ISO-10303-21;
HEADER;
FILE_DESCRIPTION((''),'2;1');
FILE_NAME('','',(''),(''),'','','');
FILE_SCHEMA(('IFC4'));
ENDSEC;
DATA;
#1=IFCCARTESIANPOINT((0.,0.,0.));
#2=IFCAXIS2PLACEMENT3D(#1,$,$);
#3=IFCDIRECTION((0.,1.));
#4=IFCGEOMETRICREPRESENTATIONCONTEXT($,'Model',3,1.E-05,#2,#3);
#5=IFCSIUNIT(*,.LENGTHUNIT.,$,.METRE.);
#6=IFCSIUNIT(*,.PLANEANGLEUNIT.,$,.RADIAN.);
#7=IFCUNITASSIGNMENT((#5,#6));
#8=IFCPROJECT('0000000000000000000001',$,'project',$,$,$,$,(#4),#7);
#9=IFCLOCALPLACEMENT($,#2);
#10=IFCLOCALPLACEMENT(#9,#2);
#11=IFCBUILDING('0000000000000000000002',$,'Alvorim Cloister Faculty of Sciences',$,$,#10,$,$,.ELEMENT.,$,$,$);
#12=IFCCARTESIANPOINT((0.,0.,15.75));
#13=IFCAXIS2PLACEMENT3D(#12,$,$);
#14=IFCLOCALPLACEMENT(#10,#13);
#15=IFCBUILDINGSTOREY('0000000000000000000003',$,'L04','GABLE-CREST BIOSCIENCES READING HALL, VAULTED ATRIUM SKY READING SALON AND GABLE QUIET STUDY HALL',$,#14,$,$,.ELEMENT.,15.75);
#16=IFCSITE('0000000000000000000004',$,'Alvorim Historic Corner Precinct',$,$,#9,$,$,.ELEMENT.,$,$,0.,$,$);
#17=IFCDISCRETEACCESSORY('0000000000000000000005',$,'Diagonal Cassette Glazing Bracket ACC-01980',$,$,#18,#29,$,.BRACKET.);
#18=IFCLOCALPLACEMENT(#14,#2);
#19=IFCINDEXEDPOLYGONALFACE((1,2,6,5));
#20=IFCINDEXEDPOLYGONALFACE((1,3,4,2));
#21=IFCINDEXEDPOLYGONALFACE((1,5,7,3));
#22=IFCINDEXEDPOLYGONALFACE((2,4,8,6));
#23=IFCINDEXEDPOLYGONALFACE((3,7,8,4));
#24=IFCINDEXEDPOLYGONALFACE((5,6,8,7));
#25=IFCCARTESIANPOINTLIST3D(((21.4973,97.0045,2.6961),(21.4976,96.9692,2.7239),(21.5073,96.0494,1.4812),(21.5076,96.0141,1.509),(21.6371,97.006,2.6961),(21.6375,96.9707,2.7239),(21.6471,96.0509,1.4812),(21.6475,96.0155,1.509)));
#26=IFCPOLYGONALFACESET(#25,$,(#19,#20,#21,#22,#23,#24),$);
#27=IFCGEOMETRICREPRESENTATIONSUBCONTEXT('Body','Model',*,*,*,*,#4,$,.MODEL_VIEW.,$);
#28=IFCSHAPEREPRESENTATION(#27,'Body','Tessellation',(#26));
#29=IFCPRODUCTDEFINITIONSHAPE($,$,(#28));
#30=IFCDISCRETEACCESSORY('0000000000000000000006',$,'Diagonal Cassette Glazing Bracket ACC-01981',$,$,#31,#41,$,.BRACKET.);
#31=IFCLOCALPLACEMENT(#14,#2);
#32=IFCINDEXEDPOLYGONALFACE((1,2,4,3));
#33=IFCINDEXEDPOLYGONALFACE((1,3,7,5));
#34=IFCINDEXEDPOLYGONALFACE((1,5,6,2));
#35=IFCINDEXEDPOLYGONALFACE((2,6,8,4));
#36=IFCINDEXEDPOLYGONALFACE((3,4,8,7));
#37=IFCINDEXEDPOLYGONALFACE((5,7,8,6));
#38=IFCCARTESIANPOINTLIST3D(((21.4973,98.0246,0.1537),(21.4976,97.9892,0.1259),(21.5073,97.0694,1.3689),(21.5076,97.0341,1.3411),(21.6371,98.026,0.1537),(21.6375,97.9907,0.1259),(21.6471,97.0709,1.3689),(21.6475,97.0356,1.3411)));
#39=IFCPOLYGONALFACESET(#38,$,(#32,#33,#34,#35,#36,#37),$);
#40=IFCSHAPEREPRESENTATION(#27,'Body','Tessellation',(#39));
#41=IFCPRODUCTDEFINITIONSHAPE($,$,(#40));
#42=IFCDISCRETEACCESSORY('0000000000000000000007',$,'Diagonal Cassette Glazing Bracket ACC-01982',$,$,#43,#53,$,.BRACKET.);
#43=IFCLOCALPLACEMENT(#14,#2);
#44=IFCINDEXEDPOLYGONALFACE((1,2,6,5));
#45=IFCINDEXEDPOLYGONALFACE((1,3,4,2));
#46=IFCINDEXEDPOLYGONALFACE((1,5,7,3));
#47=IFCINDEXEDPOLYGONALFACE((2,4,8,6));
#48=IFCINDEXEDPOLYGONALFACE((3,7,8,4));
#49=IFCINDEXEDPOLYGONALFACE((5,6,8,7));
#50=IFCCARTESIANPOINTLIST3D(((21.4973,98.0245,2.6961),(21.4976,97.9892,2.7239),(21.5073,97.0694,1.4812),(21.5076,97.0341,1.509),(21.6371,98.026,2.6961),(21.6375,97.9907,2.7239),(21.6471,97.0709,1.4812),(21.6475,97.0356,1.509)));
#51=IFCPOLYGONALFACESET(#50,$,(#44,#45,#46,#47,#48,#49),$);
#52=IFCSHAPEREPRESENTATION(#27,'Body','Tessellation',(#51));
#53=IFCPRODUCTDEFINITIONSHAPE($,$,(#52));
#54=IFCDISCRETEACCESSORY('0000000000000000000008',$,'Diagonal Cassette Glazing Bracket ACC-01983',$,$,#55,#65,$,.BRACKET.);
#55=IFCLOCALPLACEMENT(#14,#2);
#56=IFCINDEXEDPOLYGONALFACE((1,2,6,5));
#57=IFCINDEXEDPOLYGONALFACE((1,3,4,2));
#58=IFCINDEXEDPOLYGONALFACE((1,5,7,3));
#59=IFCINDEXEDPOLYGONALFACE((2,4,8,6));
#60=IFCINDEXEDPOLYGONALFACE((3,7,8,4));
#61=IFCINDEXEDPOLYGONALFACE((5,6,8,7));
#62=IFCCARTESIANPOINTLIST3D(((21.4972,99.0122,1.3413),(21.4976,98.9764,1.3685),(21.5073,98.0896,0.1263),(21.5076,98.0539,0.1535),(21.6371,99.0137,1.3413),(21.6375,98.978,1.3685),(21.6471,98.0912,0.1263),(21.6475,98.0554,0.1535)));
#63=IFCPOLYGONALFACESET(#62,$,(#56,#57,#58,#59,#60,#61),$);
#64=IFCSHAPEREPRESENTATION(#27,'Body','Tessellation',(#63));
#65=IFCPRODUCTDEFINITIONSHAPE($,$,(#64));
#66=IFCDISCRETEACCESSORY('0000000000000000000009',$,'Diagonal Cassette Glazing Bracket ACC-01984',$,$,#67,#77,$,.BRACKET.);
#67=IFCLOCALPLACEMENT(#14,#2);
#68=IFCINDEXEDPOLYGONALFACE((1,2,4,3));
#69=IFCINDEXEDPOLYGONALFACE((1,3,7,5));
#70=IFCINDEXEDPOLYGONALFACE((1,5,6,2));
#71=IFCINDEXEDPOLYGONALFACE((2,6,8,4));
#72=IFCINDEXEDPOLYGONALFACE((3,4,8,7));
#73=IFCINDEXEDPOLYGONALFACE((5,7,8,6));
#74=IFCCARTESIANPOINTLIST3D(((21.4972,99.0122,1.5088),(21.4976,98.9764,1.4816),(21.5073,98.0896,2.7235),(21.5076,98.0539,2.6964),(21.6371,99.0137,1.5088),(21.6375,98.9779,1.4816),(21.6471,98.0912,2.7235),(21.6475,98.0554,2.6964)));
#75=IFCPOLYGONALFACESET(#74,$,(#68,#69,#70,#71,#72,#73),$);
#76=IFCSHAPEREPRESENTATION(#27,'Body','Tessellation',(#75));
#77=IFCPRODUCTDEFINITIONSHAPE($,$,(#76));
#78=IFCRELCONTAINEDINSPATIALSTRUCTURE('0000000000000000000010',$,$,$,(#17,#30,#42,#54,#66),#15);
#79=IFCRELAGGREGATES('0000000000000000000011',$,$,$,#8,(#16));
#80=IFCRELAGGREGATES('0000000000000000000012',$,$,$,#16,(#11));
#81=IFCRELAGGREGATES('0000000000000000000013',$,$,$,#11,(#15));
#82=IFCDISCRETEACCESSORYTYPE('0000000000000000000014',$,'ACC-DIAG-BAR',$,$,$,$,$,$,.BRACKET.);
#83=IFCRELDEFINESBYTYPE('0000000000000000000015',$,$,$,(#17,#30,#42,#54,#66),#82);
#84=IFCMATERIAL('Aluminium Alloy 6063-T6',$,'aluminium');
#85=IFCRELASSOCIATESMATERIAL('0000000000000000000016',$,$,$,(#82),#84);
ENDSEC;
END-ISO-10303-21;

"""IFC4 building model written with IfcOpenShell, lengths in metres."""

from ifc_helpers import new_model, si_unit, direction, frame, origin, origin_2d, place, context, subcontext, project, spatial, rectangle, extrude, material, type_object, element, save


model = new_model("IFC4")

# Units and contexts
model_context = context("Model", 3, precision=1e-05, world=origin(), true_north=direction((0.0, 1.0)))
body_context = subcontext(model_context, "Body", "Model", "MODEL_VIEW")
ifc_project = project(units=[si_unit("LENGTHUNIT", "METRE"), si_unit("PLANEANGLEUNIT", "RADIAN")], contexts=[model_context])

# Site, building, storey
site_placement = place(None, origin())
site = spatial("IfcSite", under=ifc_project, at=site_placement, Name="Alvorim Historic Corner Precinct", CompositionType="ELEMENT", RefElevation=0.0)
building_placement = place(site_placement, origin())
building = spatial("IfcBuilding", under=site, at=building_placement, Name="Alvorim Cloister Faculty of Sciences", CompositionType="ELEMENT")
storey_placement = place(building_placement, frame((0.0, 0.0, 15.75)))
storey = spatial("IfcBuildingStorey", under=building, at=storey_placement, Name="L04", Description="GABLE-CREST BIOSCIENCES READING HALL, VAULTED ATRIUM SKY READING SALON AND GABLE QUIET STUDY HALL", CompositionType="ELEMENT", Elevation=15.75)

# Shared definitions
ifc_material_1 = material(Name="Aluminium Alloy 6063-T6", Category="aluminium")

# Discrete accessories
discrete_accessory_type = type_object("IfcDiscreteAccessoryType", Name="ACC-DIAG-BAR", PredefinedType="BRACKET", material=ifc_material_1)
discrete_accessory_1_placement = place(storey_placement, frame((21.5774, 96.0325, 1.4951), z_axis=(-0.006477, 0.618032, 0.786126), x_axis=(-0.999945, -0.01048, 0.0)))
element("IfcDiscreteAccessory", 1, at=discrete_accessory_1_placement, inside=storey, type_object=discrete_accessory_type, Name="Diagonal Cassette Glazing Bracket ACC-01980", PredefinedType="BRACKET", context=body_context, shape_type="SweptSolid", body=[
    extrude(rectangle(XDim=0.1399, YDim=0.0449, at=origin_2d()), origin(), (0.0, 0.0, 1.0), 1.5454),
])
discrete_accessory_2_placement = place(storey_placement, frame((21.5774, 97.0525, 1.355), z_axis=(-0.006477, 0.617955, -0.786187), x_axis=(-0.999945, -0.01048, 0.0)))
element("IfcDiscreteAccessory", 2, at=discrete_accessory_2_placement, inside=storey, type_object=discrete_accessory_type, Name="Diagonal Cassette Glazing Bracket ACC-01981", PredefinedType="BRACKET", context=body_context, shape_type="SweptSolid", body=[
    extrude(rectangle(XDim=0.1399, YDim=0.0449, at=origin_2d()), origin(), (0.0, 0.0, 1.0), 1.5457),
])
discrete_accessory_3_placement = place(storey_placement, frame((21.5774, 97.0525, 1.4951), z_axis=(-0.006477, 0.618032, 0.786126), x_axis=(-0.999945, -0.01048, 0.0)))
element("IfcDiscreteAccessory", 3, at=discrete_accessory_3_placement, inside=storey, type_object=discrete_accessory_type, Name="Diagonal Cassette Glazing Bracket ACC-01982", PredefinedType="BRACKET", context=body_context, shape_type="SweptSolid", body=[
    extrude(rectangle(XDim=0.1399, YDim=0.0449, at=origin_2d()), origin(), (0.0, 0.0, 1.0), 1.5454),
])
discrete_accessory_4_placement = place(storey_placement, frame((21.5774, 98.0725, 0.1399), z_axis=(-0.006561, 0.604713, 0.796416), x_axis=(-0.999941, -0.010849, 0.0)))
element("IfcDiscreteAccessory", 4, at=discrete_accessory_4_placement, inside=storey, type_object=discrete_accessory_type, Name="Diagonal Cassette Glazing Bracket ACC-01983", PredefinedType="BRACKET", context=body_context, shape_type="SweptSolid", body=[
    extrude(rectangle(XDim=0.1399, YDim=0.0449, at=origin_2d()), origin(), (0.0, 0.0, 1.0), 1.5256),
])
discrete_accessory_5_placement = place(storey_placement, frame((21.5774, 98.0725, 2.71), z_axis=(-0.006562, 0.60479, -0.796358), x_axis=(-0.999941, -0.010849, 0.0)))
element("IfcDiscreteAccessory", 5, at=discrete_accessory_5_placement, inside=storey, type_object=discrete_accessory_type, Name="Diagonal Cassette Glazing Bracket ACC-01984", PredefinedType="BRACKET", context=body_context, shape_type="SweptSolid", body=[
    extrude(rectangle(XDim=0.1399, YDim=0.0449, at=origin_2d()), origin(), (0.0, 0.0, 1.0), 1.5254),
])

save(model, "model.ifc")
